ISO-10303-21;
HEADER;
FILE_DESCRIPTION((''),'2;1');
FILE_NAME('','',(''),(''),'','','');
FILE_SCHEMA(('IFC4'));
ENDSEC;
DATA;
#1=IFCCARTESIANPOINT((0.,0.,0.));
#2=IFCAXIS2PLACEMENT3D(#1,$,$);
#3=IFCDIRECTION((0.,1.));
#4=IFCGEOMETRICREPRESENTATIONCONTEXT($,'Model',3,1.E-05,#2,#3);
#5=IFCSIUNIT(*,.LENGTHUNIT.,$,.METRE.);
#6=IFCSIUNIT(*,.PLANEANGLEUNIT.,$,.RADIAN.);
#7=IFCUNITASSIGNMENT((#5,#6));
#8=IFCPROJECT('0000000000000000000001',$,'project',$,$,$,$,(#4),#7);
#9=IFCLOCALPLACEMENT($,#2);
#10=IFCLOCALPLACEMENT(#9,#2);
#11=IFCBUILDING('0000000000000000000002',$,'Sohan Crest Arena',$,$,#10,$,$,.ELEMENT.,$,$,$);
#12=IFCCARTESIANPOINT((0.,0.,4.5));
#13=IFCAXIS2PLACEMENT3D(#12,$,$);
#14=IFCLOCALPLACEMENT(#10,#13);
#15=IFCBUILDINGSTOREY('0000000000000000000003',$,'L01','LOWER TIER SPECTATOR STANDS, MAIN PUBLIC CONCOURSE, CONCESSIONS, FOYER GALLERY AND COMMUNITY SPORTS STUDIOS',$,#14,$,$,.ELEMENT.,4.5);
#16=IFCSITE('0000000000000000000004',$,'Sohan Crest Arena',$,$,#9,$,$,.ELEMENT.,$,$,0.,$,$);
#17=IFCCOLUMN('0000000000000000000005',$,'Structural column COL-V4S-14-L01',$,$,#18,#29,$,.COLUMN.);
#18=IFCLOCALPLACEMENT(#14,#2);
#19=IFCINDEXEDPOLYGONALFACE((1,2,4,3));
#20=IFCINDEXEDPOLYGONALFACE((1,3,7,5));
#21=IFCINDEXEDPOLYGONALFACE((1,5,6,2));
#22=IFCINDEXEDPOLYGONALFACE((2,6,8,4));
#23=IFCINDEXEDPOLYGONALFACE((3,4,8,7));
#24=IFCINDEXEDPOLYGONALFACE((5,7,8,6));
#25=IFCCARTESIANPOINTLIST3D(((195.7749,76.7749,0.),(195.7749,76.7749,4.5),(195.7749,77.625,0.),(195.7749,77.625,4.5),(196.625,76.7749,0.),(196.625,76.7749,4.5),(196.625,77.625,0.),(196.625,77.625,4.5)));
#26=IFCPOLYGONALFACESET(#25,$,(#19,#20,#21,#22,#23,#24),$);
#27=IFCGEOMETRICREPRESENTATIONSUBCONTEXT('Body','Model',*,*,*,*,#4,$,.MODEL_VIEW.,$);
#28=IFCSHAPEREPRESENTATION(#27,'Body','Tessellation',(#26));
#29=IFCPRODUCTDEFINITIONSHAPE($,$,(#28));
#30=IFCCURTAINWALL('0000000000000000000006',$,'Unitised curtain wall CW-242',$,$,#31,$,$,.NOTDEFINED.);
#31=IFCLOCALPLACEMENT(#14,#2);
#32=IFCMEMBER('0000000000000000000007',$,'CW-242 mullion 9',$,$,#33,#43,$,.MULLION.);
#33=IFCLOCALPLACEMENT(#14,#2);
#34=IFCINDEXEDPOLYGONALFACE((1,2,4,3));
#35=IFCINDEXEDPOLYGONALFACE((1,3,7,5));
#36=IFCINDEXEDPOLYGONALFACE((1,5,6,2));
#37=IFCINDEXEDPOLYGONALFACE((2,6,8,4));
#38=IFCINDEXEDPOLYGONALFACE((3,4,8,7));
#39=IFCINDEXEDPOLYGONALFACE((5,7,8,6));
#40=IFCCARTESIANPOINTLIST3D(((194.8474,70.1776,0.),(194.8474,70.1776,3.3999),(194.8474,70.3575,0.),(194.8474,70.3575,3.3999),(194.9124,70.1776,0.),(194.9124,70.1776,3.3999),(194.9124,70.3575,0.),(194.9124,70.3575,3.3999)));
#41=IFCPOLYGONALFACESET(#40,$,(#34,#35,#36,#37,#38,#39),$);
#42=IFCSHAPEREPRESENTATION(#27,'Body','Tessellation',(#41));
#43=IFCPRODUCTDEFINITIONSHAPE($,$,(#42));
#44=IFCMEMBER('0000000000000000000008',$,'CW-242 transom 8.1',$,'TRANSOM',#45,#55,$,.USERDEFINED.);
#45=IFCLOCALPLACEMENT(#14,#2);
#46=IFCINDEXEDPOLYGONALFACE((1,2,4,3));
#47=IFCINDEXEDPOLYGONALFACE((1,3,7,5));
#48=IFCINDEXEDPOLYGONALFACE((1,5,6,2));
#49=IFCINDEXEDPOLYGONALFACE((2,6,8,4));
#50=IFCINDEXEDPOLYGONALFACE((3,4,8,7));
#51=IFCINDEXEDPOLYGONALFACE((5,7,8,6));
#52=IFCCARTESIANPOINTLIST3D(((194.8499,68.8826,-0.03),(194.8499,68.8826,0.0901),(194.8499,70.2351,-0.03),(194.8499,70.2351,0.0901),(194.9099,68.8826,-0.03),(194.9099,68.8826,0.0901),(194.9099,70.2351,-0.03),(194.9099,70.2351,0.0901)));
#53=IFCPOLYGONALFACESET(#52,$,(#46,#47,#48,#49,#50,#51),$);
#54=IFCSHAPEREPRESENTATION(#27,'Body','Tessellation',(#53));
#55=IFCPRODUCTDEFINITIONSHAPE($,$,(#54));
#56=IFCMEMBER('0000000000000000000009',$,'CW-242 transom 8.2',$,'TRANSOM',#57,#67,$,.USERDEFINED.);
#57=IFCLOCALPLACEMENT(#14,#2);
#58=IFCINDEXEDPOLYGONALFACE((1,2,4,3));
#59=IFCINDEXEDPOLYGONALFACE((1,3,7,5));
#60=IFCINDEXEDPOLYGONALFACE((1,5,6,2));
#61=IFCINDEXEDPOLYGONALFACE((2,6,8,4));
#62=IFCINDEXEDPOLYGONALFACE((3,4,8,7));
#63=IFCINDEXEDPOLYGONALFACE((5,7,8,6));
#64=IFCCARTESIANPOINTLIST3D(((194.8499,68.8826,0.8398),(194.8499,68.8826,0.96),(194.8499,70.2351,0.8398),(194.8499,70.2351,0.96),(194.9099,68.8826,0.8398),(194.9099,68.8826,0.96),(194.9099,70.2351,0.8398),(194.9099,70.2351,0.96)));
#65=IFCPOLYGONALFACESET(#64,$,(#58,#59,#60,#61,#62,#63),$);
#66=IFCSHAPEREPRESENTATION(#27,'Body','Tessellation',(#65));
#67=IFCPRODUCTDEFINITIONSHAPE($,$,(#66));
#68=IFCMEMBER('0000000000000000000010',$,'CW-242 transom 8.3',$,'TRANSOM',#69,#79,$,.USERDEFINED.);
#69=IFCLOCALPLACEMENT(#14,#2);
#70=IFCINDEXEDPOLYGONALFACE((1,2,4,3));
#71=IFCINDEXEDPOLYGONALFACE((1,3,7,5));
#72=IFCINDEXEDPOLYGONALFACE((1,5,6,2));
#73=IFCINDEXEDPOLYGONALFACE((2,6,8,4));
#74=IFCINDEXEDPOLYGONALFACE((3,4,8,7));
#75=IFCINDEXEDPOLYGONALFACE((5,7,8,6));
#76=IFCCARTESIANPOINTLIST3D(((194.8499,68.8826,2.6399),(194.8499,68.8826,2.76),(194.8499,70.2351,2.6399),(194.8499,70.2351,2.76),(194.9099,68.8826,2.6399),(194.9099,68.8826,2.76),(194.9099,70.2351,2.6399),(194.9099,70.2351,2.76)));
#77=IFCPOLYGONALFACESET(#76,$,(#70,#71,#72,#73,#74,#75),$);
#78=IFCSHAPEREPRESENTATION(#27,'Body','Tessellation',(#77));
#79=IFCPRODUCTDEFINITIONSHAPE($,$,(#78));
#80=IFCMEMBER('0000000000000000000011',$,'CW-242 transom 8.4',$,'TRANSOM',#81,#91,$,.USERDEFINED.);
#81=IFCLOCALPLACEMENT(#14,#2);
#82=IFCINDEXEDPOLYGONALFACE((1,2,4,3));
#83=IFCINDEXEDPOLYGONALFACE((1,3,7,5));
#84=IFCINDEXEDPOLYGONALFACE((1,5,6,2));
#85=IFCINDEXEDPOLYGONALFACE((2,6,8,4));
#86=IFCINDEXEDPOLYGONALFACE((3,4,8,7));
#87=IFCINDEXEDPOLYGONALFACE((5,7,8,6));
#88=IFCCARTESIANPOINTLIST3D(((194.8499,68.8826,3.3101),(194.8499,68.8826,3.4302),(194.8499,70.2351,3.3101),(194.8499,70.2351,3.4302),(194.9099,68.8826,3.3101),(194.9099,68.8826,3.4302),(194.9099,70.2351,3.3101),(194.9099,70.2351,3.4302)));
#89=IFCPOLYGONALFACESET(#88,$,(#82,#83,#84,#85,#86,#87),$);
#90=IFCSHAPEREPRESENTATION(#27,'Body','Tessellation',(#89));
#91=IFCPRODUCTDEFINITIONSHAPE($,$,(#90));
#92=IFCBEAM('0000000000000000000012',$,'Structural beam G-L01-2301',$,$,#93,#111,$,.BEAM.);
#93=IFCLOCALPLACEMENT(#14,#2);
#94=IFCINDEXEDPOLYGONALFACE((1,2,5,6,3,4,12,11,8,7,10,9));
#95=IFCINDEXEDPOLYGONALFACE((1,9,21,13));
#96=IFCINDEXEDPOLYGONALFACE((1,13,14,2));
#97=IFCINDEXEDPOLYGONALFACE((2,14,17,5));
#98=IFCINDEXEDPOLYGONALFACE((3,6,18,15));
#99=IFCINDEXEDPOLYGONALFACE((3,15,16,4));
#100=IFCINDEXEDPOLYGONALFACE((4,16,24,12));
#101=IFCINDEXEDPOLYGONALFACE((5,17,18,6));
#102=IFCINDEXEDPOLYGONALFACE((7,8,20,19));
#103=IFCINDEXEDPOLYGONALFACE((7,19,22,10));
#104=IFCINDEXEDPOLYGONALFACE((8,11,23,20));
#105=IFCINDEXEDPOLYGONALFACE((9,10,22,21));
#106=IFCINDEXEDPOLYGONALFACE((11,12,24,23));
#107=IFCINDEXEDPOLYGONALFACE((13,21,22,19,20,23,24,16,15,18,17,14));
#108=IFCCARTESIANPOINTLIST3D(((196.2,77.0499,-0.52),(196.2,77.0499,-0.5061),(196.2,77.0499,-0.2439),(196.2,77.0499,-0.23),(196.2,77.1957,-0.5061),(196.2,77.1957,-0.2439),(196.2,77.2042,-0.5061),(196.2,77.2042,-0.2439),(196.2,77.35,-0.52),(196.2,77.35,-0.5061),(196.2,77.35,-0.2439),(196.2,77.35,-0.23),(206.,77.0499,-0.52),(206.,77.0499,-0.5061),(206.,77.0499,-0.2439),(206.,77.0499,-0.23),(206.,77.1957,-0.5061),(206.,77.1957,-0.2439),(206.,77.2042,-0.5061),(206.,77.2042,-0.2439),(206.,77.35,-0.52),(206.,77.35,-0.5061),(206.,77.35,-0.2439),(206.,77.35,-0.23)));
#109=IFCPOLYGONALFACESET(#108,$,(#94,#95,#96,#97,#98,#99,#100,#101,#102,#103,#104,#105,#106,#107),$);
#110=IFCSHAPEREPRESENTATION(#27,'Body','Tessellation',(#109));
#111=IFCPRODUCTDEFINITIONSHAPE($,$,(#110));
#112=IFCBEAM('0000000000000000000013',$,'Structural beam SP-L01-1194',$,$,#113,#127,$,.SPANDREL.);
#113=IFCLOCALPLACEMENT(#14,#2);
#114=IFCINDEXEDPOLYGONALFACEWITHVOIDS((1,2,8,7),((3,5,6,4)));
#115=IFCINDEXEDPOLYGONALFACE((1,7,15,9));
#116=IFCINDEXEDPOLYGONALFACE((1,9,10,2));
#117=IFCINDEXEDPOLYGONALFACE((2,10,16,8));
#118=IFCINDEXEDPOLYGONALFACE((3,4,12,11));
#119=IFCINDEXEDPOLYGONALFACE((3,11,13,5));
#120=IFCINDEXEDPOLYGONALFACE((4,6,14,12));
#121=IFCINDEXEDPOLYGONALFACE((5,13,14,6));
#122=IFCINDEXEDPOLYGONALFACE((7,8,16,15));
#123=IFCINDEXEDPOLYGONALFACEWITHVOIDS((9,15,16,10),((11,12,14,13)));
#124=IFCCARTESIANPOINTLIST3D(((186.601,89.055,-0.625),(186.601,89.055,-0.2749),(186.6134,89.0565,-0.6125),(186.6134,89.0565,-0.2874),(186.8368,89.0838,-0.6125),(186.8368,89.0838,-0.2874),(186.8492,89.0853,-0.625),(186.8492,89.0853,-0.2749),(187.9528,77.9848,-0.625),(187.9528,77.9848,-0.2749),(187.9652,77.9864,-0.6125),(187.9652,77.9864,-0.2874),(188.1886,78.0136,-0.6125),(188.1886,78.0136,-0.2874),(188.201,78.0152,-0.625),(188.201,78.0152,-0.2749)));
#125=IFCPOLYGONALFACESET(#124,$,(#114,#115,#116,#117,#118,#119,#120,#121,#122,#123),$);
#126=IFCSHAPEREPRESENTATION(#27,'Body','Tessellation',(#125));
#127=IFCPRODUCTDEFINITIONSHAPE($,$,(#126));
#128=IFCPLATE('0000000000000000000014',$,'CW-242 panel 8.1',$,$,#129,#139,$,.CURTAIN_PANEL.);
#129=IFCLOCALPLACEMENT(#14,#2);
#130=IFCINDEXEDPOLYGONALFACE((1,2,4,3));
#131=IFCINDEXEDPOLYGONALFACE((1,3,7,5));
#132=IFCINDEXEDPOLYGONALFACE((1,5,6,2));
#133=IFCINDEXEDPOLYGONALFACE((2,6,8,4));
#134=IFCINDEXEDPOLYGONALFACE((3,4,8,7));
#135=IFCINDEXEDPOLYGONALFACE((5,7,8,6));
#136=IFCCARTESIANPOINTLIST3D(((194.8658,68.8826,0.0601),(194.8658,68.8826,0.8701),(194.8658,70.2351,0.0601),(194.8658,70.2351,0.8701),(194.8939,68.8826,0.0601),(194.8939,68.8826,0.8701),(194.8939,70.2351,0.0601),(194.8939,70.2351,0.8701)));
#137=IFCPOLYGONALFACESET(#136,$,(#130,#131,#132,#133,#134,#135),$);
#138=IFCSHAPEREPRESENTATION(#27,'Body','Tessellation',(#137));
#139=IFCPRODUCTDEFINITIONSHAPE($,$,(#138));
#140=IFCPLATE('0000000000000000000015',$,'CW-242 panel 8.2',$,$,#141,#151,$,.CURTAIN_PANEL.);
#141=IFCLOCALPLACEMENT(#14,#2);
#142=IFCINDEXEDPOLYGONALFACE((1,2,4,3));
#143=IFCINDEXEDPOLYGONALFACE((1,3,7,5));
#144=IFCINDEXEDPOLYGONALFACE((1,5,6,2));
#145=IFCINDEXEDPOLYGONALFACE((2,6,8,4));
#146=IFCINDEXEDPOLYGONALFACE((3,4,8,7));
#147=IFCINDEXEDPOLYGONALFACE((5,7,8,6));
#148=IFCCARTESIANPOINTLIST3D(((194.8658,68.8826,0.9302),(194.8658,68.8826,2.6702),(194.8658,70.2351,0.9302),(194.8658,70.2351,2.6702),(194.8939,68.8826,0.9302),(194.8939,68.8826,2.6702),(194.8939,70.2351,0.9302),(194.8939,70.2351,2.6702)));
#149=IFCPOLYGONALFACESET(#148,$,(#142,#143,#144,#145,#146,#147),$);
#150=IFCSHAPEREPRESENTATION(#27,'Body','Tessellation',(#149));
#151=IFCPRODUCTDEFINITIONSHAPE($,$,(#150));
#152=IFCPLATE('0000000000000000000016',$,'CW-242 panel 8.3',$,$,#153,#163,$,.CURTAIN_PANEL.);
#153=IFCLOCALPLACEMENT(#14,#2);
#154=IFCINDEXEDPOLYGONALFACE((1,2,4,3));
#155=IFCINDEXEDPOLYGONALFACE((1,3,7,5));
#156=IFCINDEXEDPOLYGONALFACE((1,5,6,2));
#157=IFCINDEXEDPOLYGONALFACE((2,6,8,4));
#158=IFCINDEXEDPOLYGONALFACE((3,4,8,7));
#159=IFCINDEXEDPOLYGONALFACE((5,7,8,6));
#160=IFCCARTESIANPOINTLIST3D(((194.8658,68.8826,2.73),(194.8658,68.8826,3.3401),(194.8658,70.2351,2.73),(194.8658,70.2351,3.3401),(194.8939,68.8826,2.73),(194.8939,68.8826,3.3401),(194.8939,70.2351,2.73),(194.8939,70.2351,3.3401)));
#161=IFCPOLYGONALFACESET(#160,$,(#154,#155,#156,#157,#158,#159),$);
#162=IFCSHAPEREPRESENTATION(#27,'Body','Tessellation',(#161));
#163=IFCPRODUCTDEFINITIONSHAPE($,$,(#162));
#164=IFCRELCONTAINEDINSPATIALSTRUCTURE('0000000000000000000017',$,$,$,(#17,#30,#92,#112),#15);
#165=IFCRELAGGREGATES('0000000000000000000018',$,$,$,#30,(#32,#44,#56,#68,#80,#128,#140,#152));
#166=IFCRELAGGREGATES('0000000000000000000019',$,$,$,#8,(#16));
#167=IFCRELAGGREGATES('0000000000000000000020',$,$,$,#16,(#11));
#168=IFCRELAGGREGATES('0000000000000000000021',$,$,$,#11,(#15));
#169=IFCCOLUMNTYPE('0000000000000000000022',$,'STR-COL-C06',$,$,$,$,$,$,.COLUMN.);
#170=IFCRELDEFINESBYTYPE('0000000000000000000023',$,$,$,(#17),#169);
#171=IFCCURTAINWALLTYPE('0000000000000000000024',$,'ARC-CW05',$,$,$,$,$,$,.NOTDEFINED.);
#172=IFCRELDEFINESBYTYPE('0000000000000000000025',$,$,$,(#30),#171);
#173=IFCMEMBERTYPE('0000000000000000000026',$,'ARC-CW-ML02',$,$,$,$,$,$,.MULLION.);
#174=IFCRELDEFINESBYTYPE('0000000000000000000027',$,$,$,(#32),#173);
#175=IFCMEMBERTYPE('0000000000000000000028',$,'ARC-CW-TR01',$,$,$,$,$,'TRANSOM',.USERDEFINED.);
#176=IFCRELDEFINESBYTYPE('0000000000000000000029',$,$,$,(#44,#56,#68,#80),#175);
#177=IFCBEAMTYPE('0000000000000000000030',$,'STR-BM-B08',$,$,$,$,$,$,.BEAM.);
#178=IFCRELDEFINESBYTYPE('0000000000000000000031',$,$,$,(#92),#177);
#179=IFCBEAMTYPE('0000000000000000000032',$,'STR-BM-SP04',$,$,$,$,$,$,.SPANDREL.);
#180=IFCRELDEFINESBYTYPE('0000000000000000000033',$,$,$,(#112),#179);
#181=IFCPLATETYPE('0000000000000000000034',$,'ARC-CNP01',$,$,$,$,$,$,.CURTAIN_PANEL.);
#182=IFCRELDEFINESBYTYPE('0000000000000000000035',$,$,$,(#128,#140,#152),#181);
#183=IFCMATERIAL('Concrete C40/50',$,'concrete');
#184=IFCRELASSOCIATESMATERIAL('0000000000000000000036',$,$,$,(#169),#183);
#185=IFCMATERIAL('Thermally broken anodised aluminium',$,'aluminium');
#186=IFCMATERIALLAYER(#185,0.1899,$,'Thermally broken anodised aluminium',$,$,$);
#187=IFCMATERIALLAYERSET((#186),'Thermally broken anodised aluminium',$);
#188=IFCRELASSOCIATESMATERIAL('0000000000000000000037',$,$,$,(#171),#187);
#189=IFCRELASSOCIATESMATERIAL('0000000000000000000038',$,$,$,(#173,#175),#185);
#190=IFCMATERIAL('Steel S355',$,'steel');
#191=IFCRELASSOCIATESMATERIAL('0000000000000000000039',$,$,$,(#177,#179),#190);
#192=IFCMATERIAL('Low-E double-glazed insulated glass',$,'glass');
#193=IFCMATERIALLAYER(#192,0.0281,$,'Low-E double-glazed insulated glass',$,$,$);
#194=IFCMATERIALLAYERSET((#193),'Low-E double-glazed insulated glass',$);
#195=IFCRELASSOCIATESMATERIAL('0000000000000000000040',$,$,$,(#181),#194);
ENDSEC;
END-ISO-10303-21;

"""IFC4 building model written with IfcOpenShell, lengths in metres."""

from ifc_helpers import new_model, si_unit, direction, frame, origin, origin_2d, place, context, subcontext, project, spatial, rectangle, hollow_rectangle, i_section, extrude, material, layer, layer_set, material_profile, profile_set, type_object, element, aggregate, save


model = new_model("IFC4")

# Units and contexts
model_context = context("Model", 3, precision=1e-05, world=origin(), true_north=direction((0.0, 1.0)))
body_context = subcontext(model_context, "Body", "Model", "MODEL_VIEW")
ifc_project = project(units=[si_unit("LENGTHUNIT", "METRE"), si_unit("PLANEANGLEUNIT", "RADIAN")], contexts=[model_context])

# Site, building, storey
site_placement = place(None, origin())
site = spatial("IfcSite", under=ifc_project, at=site_placement, Name="Sohan Crest Arena", CompositionType="ELEMENT", RefElevation=0.0)
building_placement = place(site_placement, origin())
building = spatial("IfcBuilding", under=site, at=building_placement, Name="Sohan Crest Arena", CompositionType="ELEMENT")
storey_placement = place(building_placement, frame((0.0, 0.0, 4.5)))
storey = spatial("IfcBuildingStorey", under=building, at=storey_placement, Name="L01", Description="LOWER TIER SPECTATOR STANDS, MAIN PUBLIC CONCOURSE, CONCESSIONS, FOYER GALLERY AND COMMUNITY SPORTS STUDIOS", CompositionType="ELEMENT", Elevation=4.5)

# Column
ifc_material_1 = material(Name="Concrete C40/50", Category="concrete")
ifc_material_profile_1 = material_profile(ifc_material_1, rectangle(XDim=0.8501, YDim=0.8501, at=origin_2d()), Name="RC 850x850")
ifc_profile_set_1 = profile_set([ifc_material_profile_1], Name="Concrete C40/50")
column_type = type_object("IfcColumnType", Name="STR-COL-C06", PredefinedType="COLUMN", material=ifc_profile_set_1)
column_placement = place(storey_placement, frame((196.2, 77.2, 0.0), z_axis=(0.0, 0.0, 1.0), x_axis=(1.0, 0.0, 0.0)))
element("IfcColumn", 1, at=column_placement, inside=storey, type_object=column_type, Name="Structural column COL-V4S-14-L01", PredefinedType="COLUMN", context=body_context, shape_type="SweptSolid", body=[
    extrude(rectangle(XDim=0.8501, YDim=0.8501, at=origin_2d()), origin(), (0.0, 0.0, 1.0), 4.5),
])

# Curtain wall, members
ifc_material_2 = material(Name="Thermally broken anodised aluminium", Category="aluminium")
ifc_layer_1 = layer(ifc_material_2, 0.1899, Name="Thermally broken anodised aluminium")
ifc_layer_set_1 = layer_set([ifc_layer_1], Name="Thermally broken anodised aluminium")
curtain_wall_type = type_object("IfcCurtainWallType", Name="ARC-CW05", PredefinedType="NOTDEFINED", material=ifc_layer_set_1)
curtain_wall_placement = place(storey_placement, origin())
curtain_wall = element("IfcCurtainWall", 2, at=curtain_wall_placement, inside=storey, type_object=curtain_wall_type, Name="Unitised curtain wall CW-242", PredefinedType="NOTDEFINED")
ifc_material_profile_2 = material_profile(ifc_material_2, rectangle(XDim=0.0649, YDim=0.1799, at=origin_2d()), Name="ALU-MULL 65x180")
ifc_profile_set_2 = profile_set([ifc_material_profile_2], Name="Thermally broken anodised aluminium")
member_type_1 = type_object("IfcMemberType", Name="ARC-CW-ML02", PredefinedType="MULLION", material=ifc_profile_set_2)
member_1_placement = place(storey_placement, frame((194.8799, 70.2676, 0.0), z_axis=(0.0, 0.0, 1.0), x_axis=(-1.0, 0.0, 0.0)))
member_1 = element("IfcMember", 3, at=member_1_placement, type_object=member_type_1, Name="CW-242 mullion 9", PredefinedType="MULLION", context=body_context, shape_type="SweptSolid", body=[
    extrude(rectangle(XDim=0.0649, YDim=0.1799, at=origin_2d()), origin(), (0.0, 0.0, 1.0), 3.3999),
])
ifc_material_profile_3 = material_profile(ifc_material_2, rectangle(XDim=0.0601, YDim=0.1201, at=origin_2d()), Name="ALU-TRAN 60x120")
ifc_profile_set_3 = profile_set([ifc_material_profile_3], Name="Thermally broken anodised aluminium")
member_type_2 = type_object("IfcMemberType", Name="ARC-CW-TR01", ElementType="TRANSOM", PredefinedType="USERDEFINED", material=ifc_profile_set_3)
member_2_placement = place(storey_placement, frame((194.8799, 68.8826, 0.03), z_axis=(0.0, 1.0, 0.0), x_axis=(-1.0, 0.0, 0.0)))
member_2 = element("IfcMember", 4, at=member_2_placement, type_object=member_type_2, Name="CW-242 transom 8.1", ObjectType="TRANSOM", PredefinedType="USERDEFINED", context=body_context, shape_type="SweptSolid", body=[
    extrude(rectangle(XDim=0.0601, YDim=0.1201, at=origin_2d()), origin(), (0.0, 0.0, 1.0), 1.3525),
])
member_3_placement = place(storey_placement, frame((194.8799, 68.8826, 0.8999), z_axis=(0.0, 1.0, 0.0), x_axis=(-1.0, 0.0, 0.0)))
member_3 = element("IfcMember", 5, at=member_3_placement, type_object=member_type_2, Name="CW-242 transom 8.2", ObjectType="TRANSOM", PredefinedType="USERDEFINED", context=body_context, shape_type="SweptSolid", body=[
    extrude(rectangle(XDim=0.0601, YDim=0.1201, at=origin_2d()), origin(), (0.0, 0.0, 1.0), 1.3525),
])
member_4_placement = place(storey_placement, frame((194.8799, 68.8826, 2.7), z_axis=(0.0, 1.0, 0.0), x_axis=(-1.0, 0.0, 0.0)))
member_4 = element("IfcMember", 6, at=member_4_placement, type_object=member_type_2, Name="CW-242 transom 8.3", ObjectType="TRANSOM", PredefinedType="USERDEFINED", context=body_context, shape_type="SweptSolid", body=[
    extrude(rectangle(XDim=0.0601, YDim=0.1201, at=origin_2d()), origin(), (0.0, 0.0, 1.0), 1.3525),
])
member_5_placement = place(storey_placement, frame((194.8799, 68.8826, 3.3701), z_axis=(0.0, 1.0, 0.0), x_axis=(-1.0, 0.0, 0.0)))
member_5 = element("IfcMember", 7, at=member_5_placement, type_object=member_type_2, Name="CW-242 transom 8.4", ObjectType="TRANSOM", PredefinedType="USERDEFINED", context=body_context, shape_type="SweptSolid", body=[
    extrude(rectangle(XDim=0.0601, YDim=0.1201, at=origin_2d()), origin(), (0.0, 0.0, 1.0), 1.3525),
])

# Beams
ifc_material_3 = material(Name="Steel S355", Category="steel")
ifc_material_profile_4 = material_profile(ifc_material_3, i_section(OverallWidth=0.3, OverallDepth=0.29, WebThickness=0.0085, FlangeThickness=0.0139, at=origin_2d()), Name="HEA 300")
ifc_profile_set_4 = profile_set([ifc_material_profile_4], Name="Steel S355")
beam_type_1 = type_object("IfcBeamType", Name="STR-BM-B08", PredefinedType="BEAM", material=ifc_profile_set_4)
beam_1_placement = place(storey_placement, frame((196.2, 77.2, -0.375), z_axis=(1.0, 0.0, 0.0), x_axis=(0.0, 1.0, 0.0)))
element("IfcBeam", 8, at=beam_1_placement, inside=storey, type_object=beam_type_1, Name="Structural beam G-L01-2301", PredefinedType="BEAM", context=body_context, shape_type="SweptSolid", body=[
    extrude(i_section(OverallWidth=0.3, OverallDepth=0.29, WebThickness=0.0085, FlangeThickness=0.0139, at=origin_2d()), origin(), (0.0, 0.0, 1.0), 9.8),
])
ifc_material_profile_5 = material_profile(ifc_material_3, hollow_rectangle(XDim=0.25, YDim=0.3501, WallThickness=0.0125, at=origin_2d()), Name="RHS 350x250x12.5")
ifc_profile_set_5 = profile_set([ifc_material_profile_5], Name="Steel S355")
beam_type_2 = type_object("IfcBeamType", Name="STR-BM-SP04", PredefinedType="SPANDREL", material=ifc_profile_set_5)
beam_2_placement = place(storey_placement, frame((188.0769, 78.0, -0.45), z_axis=(-0.121213, 0.992626, 0.0), x_axis=(-0.992626, -0.121213, 0.0)))
element("IfcBeam", 9, at=beam_2_placement, inside=storey, type_object=beam_type_2, Name="Structural beam SP-L01-1194", PredefinedType="SPANDREL", context=body_context, shape_type="SweptSolid", body=[
    extrude(hollow_rectangle(XDim=0.25, YDim=0.3501, WallThickness=0.0125, at=origin_2d()), origin(), (0.0, 0.0, 1.0), 11.1523),
])

# Plates
ifc_material_4 = material(Name="Low-E double-glazed insulated glass", Category="glass")
ifc_layer_2 = layer(ifc_material_4, 0.0281, Name="Low-E double-glazed insulated glass")
ifc_layer_set_2 = layer_set([ifc_layer_2], Name="Low-E double-glazed insulated glass")
plate_type = type_object("IfcPlateType", Name="ARC-CNP01", PredefinedType="CURTAIN_PANEL", material=ifc_layer_set_2)
plate_1_placement = place(storey_placement, frame((194.8799, 69.5588, 0.0601), z_axis=(0.0, 0.0, 1.0), x_axis=(0.0, 1.0, 0.0)))
plate_1 = element("IfcPlate", 10, at=plate_1_placement, type_object=plate_type, Name="CW-242 panel 8.1", PredefinedType="CURTAIN_PANEL", context=body_context, shape_type="SweptSolid", body=[
    extrude(rectangle(XDim=1.3525, YDim=0.0281, at=origin_2d()), origin(), (0.0, 0.0, 1.0), 0.8101),
])
plate_2_placement = place(storey_placement, frame((194.8799, 69.5588, 0.9302), z_axis=(0.0, 0.0, 1.0), x_axis=(0.0, 1.0, 0.0)))
plate_2 = element("IfcPlate", 11, at=plate_2_placement, type_object=plate_type, Name="CW-242 panel 8.2", PredefinedType="CURTAIN_PANEL", context=body_context, shape_type="SweptSolid", body=[
    extrude(rectangle(XDim=1.3525, YDim=0.0281, at=origin_2d()), origin(), (0.0, 0.0, 1.0), 1.74),
])
plate_3_placement = place(storey_placement, frame((194.8799, 69.5588, 2.73), z_axis=(0.0, 0.0, 1.0), x_axis=(0.0, 1.0, 0.0)))
plate_3 = element("IfcPlate", 12, at=plate_3_placement, type_object=plate_type, Name="CW-242 panel 8.3", PredefinedType="CURTAIN_PANEL", context=body_context, shape_type="SweptSolid", body=[
    extrude(rectangle(XDim=1.3525, YDim=0.0281, at=origin_2d()), origin(), (0.0, 0.0, 1.0), 0.6101),
])
aggregate(curtain_wall, [member_1, member_2, member_3, member_4, member_5, plate_1, plate_2, plate_3])

save(model, "model.ifc")
